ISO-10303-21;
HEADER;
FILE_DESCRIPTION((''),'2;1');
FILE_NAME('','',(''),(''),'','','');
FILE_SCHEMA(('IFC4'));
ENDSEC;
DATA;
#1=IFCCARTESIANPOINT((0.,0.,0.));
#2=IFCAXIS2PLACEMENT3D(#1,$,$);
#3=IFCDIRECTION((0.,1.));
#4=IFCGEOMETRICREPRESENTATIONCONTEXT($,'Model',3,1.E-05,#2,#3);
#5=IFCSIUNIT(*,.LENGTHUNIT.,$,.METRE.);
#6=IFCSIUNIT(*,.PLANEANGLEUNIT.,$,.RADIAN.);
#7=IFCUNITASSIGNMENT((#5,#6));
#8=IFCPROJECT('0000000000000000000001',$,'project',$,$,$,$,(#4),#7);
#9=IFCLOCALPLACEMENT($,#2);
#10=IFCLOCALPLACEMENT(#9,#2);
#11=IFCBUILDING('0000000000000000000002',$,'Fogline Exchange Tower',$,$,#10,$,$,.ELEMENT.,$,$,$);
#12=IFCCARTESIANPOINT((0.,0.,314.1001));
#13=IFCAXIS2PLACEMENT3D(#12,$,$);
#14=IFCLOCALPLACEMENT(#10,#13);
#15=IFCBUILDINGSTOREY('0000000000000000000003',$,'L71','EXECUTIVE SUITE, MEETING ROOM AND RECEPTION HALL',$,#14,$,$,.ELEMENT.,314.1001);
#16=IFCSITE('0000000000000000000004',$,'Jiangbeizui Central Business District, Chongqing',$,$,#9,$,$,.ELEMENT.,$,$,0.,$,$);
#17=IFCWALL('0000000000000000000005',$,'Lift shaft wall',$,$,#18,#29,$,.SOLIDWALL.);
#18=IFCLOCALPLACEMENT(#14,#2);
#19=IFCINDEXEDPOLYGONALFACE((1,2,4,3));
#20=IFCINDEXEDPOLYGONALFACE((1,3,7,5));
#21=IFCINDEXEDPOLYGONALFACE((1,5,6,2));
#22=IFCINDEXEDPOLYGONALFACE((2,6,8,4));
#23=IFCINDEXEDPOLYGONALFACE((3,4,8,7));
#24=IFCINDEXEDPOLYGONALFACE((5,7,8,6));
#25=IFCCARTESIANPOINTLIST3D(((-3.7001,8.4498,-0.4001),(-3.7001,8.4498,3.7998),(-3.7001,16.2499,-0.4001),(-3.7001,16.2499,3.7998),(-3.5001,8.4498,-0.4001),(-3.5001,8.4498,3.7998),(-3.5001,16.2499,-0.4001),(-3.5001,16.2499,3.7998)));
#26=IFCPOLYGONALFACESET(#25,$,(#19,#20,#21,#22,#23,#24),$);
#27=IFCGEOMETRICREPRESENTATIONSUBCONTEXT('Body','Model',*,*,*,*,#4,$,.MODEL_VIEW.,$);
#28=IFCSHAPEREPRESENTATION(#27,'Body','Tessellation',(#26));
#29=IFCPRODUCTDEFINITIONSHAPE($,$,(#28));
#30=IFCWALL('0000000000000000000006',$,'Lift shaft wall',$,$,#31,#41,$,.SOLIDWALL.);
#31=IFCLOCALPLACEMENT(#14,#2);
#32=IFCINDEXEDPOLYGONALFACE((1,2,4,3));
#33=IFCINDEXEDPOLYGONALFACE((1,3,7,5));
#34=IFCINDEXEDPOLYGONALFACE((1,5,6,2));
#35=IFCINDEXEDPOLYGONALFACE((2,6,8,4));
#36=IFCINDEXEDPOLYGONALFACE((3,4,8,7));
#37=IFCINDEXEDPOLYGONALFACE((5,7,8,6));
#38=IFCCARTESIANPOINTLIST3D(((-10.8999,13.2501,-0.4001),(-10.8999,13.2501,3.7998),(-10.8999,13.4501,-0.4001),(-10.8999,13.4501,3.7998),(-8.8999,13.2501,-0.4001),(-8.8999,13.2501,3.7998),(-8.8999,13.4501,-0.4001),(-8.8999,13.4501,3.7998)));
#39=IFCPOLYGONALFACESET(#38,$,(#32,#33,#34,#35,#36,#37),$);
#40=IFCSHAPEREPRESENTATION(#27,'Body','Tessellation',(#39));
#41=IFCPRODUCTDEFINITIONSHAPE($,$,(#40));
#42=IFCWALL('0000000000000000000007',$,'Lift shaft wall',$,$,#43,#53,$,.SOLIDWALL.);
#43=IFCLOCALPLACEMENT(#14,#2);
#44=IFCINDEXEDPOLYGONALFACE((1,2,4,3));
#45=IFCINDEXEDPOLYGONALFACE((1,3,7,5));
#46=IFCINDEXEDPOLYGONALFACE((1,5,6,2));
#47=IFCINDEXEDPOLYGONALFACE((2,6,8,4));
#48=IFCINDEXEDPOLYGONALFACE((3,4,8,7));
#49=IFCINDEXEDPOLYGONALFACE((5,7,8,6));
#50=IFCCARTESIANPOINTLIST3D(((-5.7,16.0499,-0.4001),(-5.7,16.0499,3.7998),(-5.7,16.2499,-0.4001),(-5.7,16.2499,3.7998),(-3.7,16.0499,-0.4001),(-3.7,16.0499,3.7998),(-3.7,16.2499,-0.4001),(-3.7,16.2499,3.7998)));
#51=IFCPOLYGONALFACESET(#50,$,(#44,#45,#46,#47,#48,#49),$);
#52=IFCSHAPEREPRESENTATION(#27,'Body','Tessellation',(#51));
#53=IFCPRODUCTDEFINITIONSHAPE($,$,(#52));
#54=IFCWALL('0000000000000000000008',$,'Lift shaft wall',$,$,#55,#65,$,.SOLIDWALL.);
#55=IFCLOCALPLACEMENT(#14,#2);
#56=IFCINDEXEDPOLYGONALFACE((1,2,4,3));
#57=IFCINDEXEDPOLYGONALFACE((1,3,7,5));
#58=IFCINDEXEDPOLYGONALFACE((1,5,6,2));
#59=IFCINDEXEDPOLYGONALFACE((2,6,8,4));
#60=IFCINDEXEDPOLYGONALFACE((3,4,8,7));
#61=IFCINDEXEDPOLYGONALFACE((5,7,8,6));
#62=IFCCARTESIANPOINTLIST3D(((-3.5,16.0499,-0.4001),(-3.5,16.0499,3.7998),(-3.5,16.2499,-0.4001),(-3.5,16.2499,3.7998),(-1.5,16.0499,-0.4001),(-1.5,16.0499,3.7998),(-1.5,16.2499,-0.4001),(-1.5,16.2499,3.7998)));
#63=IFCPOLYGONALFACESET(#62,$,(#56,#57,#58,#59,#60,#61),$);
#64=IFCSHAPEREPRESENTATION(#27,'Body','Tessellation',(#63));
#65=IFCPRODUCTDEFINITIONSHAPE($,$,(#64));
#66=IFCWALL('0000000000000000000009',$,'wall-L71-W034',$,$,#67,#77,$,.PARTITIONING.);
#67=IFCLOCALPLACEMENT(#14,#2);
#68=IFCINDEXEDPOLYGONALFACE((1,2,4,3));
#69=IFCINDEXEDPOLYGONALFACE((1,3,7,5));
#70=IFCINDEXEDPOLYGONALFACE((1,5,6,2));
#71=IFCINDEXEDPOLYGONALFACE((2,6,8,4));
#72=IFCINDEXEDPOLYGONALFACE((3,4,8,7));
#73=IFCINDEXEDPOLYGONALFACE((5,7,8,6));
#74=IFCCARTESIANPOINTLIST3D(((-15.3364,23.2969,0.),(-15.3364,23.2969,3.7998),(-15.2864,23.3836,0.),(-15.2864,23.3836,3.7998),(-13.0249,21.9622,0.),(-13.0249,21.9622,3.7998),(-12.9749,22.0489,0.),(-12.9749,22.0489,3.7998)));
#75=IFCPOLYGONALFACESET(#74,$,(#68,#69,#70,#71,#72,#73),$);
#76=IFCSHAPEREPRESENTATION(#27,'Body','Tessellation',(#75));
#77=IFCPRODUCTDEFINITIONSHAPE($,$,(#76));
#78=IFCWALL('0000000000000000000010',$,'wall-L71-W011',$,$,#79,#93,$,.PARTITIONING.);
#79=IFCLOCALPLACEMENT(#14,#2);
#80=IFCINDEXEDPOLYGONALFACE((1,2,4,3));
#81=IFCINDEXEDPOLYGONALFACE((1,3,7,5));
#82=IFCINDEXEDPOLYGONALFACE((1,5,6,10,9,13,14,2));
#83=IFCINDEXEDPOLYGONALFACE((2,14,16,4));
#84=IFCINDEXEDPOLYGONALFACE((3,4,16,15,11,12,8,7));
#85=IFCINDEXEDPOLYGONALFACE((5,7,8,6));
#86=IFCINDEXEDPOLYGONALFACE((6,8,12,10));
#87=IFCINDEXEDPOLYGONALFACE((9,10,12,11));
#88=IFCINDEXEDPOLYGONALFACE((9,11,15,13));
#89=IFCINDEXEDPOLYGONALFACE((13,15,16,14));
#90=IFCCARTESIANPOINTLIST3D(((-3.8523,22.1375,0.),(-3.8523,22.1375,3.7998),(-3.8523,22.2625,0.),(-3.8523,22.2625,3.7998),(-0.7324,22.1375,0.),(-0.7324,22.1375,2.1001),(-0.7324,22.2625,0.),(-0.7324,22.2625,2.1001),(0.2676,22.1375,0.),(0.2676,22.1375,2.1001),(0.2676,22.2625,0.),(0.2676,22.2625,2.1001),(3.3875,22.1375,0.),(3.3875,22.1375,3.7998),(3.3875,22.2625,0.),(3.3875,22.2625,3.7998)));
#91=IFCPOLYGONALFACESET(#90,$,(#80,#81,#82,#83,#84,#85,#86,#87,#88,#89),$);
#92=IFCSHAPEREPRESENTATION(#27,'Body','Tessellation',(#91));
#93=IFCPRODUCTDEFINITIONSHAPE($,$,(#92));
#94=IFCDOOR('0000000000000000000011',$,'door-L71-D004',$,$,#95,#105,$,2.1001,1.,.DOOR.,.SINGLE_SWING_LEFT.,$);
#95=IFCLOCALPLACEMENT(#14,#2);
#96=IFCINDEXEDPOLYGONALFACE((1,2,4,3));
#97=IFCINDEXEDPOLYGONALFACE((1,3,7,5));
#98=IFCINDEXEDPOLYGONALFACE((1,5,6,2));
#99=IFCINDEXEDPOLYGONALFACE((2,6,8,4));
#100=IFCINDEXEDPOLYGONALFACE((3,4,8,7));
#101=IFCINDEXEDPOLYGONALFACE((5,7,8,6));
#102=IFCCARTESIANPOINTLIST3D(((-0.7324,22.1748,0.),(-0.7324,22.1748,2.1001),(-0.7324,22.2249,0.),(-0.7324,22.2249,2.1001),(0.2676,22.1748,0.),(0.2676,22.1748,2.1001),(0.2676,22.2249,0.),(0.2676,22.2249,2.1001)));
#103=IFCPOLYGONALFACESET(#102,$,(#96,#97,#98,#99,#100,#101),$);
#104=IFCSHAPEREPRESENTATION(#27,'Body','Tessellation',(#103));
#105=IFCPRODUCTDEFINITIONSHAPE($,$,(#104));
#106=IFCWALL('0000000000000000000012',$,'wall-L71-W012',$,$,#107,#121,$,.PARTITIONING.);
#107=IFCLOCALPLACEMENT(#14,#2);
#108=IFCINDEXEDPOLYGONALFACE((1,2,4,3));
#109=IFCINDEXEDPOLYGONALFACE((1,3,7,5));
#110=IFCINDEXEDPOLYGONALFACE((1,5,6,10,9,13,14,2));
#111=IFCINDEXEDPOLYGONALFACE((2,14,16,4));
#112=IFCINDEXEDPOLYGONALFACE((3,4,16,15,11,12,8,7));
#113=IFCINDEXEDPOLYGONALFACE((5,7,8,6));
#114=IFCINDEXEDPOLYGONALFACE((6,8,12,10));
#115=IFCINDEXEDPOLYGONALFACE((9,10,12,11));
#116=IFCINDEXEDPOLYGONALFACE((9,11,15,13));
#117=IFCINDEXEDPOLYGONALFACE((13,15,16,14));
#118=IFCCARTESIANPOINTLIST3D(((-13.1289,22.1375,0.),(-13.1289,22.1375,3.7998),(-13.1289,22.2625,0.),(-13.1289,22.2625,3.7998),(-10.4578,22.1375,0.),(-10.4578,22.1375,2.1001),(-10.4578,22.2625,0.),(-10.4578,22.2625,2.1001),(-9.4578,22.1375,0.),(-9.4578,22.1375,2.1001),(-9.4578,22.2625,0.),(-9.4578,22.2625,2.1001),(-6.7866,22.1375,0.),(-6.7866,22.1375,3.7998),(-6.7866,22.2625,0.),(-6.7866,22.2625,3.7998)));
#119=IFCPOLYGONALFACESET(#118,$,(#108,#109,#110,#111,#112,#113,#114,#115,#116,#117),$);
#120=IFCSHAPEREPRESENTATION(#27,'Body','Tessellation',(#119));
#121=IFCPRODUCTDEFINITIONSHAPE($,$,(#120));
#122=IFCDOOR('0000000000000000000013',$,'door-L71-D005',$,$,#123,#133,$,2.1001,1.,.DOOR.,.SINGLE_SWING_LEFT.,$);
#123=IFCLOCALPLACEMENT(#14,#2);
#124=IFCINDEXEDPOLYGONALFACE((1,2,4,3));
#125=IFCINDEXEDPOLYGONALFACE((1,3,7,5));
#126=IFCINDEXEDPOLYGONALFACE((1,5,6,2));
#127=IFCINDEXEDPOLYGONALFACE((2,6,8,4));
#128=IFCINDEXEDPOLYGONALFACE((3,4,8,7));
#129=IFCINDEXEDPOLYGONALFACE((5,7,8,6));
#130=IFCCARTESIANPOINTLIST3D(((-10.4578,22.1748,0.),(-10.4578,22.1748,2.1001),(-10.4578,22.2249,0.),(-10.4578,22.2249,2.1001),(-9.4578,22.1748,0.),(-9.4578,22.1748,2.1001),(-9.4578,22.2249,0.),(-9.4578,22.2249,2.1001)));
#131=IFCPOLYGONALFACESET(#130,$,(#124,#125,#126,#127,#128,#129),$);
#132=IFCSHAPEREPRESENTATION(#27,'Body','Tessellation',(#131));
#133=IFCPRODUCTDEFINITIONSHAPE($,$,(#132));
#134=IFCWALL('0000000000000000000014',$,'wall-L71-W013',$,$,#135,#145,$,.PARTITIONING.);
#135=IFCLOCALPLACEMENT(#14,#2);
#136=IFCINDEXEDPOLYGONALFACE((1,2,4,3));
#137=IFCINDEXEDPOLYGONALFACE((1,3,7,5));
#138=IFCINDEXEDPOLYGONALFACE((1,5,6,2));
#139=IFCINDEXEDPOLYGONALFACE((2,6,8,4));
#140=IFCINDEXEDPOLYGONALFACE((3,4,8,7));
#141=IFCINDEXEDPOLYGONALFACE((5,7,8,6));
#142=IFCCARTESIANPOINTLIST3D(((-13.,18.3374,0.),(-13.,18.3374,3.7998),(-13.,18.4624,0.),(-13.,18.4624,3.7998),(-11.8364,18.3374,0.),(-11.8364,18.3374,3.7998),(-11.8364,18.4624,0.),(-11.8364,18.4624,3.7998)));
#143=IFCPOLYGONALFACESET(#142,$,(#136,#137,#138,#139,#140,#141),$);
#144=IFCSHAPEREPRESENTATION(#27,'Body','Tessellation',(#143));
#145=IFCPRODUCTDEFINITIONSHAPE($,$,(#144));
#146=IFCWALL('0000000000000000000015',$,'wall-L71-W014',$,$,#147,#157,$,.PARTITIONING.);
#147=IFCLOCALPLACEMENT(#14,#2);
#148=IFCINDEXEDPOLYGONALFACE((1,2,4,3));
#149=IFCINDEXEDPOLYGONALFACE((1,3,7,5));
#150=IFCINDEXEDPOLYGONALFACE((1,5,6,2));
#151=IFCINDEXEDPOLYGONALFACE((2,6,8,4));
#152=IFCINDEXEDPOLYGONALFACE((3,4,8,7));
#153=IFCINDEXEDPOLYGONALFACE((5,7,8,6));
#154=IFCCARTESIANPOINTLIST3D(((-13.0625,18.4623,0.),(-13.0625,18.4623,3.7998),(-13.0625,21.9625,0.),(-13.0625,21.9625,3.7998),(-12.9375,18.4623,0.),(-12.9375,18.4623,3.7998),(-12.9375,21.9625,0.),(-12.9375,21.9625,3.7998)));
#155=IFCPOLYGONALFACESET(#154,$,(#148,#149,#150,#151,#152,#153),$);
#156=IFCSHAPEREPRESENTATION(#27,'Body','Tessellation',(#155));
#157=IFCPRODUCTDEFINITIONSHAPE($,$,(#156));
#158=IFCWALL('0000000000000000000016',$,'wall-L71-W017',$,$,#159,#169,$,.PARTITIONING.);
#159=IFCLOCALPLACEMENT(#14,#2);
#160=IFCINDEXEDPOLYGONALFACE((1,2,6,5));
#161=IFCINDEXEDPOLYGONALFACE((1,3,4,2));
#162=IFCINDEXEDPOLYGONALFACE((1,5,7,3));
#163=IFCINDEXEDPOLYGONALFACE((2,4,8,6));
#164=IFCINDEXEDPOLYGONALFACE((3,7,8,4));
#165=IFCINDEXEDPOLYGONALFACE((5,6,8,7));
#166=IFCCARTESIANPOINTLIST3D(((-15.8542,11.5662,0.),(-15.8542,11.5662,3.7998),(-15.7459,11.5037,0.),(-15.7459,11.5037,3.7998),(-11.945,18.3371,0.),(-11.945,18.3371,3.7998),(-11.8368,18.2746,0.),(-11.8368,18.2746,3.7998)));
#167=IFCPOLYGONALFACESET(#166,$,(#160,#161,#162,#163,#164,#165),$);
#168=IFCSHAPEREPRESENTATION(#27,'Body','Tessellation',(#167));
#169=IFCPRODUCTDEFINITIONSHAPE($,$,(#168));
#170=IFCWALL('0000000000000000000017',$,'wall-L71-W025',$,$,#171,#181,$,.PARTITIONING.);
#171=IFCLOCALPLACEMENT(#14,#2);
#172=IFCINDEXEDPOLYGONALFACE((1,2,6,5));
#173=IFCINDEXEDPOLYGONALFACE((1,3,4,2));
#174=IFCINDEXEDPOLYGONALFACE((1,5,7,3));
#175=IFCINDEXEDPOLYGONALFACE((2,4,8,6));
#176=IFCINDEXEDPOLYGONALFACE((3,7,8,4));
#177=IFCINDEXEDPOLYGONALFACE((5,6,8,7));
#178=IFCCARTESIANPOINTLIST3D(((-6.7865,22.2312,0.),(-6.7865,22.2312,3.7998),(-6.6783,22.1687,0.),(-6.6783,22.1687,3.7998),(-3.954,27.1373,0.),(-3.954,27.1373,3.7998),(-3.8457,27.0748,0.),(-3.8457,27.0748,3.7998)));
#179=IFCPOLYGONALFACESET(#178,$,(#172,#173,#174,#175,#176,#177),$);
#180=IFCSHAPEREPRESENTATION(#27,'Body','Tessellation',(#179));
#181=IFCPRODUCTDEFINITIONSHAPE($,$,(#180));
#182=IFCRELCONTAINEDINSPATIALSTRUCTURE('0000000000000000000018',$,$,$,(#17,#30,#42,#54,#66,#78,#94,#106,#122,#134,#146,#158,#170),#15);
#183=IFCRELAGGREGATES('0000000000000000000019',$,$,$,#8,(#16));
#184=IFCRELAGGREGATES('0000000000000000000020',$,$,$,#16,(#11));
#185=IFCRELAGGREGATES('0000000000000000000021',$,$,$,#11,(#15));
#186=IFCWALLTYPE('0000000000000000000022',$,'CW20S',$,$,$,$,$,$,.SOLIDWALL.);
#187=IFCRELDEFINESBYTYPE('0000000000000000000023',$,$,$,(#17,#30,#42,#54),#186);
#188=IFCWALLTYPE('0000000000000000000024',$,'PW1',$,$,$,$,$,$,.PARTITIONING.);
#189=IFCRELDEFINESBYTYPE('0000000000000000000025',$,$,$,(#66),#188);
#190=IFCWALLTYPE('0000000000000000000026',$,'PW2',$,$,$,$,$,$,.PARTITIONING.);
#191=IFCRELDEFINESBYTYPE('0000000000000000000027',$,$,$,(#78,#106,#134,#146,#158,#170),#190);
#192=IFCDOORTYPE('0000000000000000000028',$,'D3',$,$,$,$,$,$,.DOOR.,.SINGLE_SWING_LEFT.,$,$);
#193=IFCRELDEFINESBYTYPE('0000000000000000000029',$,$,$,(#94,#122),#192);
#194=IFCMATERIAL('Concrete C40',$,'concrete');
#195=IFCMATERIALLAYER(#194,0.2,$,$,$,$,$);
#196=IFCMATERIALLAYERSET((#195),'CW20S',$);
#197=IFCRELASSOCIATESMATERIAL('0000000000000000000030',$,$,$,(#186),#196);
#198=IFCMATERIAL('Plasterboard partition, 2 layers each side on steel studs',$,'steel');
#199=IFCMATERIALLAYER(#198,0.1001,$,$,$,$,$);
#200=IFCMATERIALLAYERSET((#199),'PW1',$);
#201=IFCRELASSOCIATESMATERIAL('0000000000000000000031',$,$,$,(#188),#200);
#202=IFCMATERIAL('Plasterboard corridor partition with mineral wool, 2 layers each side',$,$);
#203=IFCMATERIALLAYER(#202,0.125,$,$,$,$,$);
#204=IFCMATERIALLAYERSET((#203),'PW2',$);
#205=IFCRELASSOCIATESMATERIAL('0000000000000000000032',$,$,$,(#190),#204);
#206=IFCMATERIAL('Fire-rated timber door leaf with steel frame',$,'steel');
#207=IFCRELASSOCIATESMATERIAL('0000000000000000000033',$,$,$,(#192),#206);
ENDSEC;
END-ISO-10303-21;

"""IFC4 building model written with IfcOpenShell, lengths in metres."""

from ifc_helpers import new_model, si_unit, direction, frame, frame_2d, origin, place, context, subcontext, project, spatial, rectangle, extrude, material, layer, layer_set, type_object, element, fill, save


model = new_model("IFC4")

# Units and contexts
model_context = context("Model", 3, precision=1e-05, world=origin(), true_north=direction((0.0, 1.0)))
body_context = subcontext(model_context, "Body", "Model", "MODEL_VIEW")
ifc_project = project(units=[si_unit("LENGTHUNIT", "METRE"), si_unit("PLANEANGLEUNIT", "RADIAN")], contexts=[model_context])

# Site, building, storey
site_placement = place(None, origin())
site = spatial("IfcSite", under=ifc_project, at=site_placement, Name="Jiangbeizui Central Business District, Chongqing", CompositionType="ELEMENT", RefElevation=0.0)
building_placement = place(site_placement, origin())
building = spatial("IfcBuilding", under=site, at=building_placement, Name="Fogline Exchange Tower", CompositionType="ELEMENT")
storey_placement = place(building_placement, frame((0.0, 0.0, 314.1001)))
storey = spatial("IfcBuildingStorey", under=building, at=storey_placement, Name="L71", Description="EXECUTIVE SUITE, MEETING ROOM AND RECEPTION HALL", CompositionType="ELEMENT", Elevation=314.1001)

# Shared definitions
ifc_material_1 = material(Name="Concrete C40", Category="concrete")

# Walls
ifc_layer_1 = layer(ifc_material_1, 0.2)
ifc_layer_set_1 = layer_set([ifc_layer_1], Name="CW20S")
wall_type_1 = type_object("IfcWallType", Name="CW20S", PredefinedType="SOLIDWALL", material=ifc_layer_set_1)
wall_1_placement = place(storey_placement, frame((-3.6001, 8.45, -0.4001), z_axis=(0.0, 0.0, 1.0), x_axis=(0.0, 1.0, 0.0)))
element("IfcWall", 1, at=wall_1_placement, inside=storey, type_object=wall_type_1, Name="Lift shaft wall", PredefinedType="SOLIDWALL", context=body_context, shape_type="SweptSolid", body=[
    extrude(rectangle(XDim=7.8, YDim=0.2, at=frame_2d((3.8999, 0.0))), origin(), (0.0, 0.0, 1.0), 4.2),
])
for number, where, z_axis, x_axis, name in (
    (2, (-10.8999, 13.3501, -0.4001), (0.0, 0.0, 1.0), (1.0, 0.0, 0.0), "Lift shaft wall"),
    (3, (-5.7, 16.1499, -0.4001), (0.0, 0.0, 1.0), (1.0, 0.0, 0.0), "Lift shaft wall"),
    (4, (-3.5, 16.1499, -0.4001), (0.0, 0.0, 1.0), (1.0, 0.0, 0.0), "Lift shaft wall"),
):
    element("IfcWall", number, at=place(storey_placement, frame(where, z_axis=z_axis, x_axis=x_axis)), inside=storey, type_object=wall_type_1, Name=name, PredefinedType="SOLIDWALL", context=body_context, shape_type="SweptSolid", body=[
        extrude(rectangle(XDim=2.0, YDim=0.2, at=frame_2d((1.0, 0.0))), origin(), (0.0, 0.0, 1.0), 4.2),
    ])
ifc_material_2 = material(Name="Plasterboard partition, 2 layers each side on steel studs", Category="steel")
ifc_layer_2 = layer(ifc_material_2, 0.1001)
ifc_layer_set_2 = layer_set([ifc_layer_2], Name="PW1")
wall_type_2 = type_object("IfcWallType", Name="PW1", PredefinedType="PARTITIONING", material=ifc_layer_set_2)
wall_2_placement = place(storey_placement, frame((-13.0, 22.0056, 0.0), z_axis=(0.0, 0.0, 1.0), x_axis=(-0.866, 0.500044, 0.0)))
element("IfcWall", 5, at=wall_2_placement, inside=storey, type_object=wall_type_2, Name="wall-L71-W034", PredefinedType="PARTITIONING", context=body_context, shape_type="SweptSolid", body=[
    extrude(rectangle(XDim=2.6692, YDim=0.1001, at=frame_2d((1.3345, 0.0))), origin(), (0.0, 0.0, 1.0), 3.7998),
])

# Walls, openings, doors
ifc_material_3 = material(Name="Plasterboard corridor partition with mineral wool, 2 layers each side")
ifc_layer_3 = layer(ifc_material_3, 0.125)
ifc_layer_set_3 = layer_set([ifc_layer_3], Name="PW2")
wall_type_3 = type_object("IfcWallType", Name="PW2", PredefinedType="PARTITIONING", material=ifc_layer_set_3)
wall_3_placement = place(storey_placement, frame((-3.8523, 22.2, 0.0), z_axis=(0.0, 0.0, 1.0), x_axis=(1.0, 0.0, 0.0)))
wall_3 = element("IfcWall", 6, at=wall_3_placement, inside=storey, type_object=wall_type_3, Name="wall-L71-W011", PredefinedType="PARTITIONING", context=body_context, shape_type="SweptSolid", body=[
    extrude(rectangle(XDim=7.2397, YDim=0.125, at=frame_2d((3.6199, 0.0))), origin(), (0.0, 0.0, 1.0), 3.7998),
])
opening_1_placement = place(wall_3_placement, frame((3.1199, 0.0, 0.0)))
opening_1 = element("IfcOpeningElement", 7, at=opening_1_placement, cuts=wall_3, PredefinedType="OPENING", context=body_context, shape_type="SweptSolid", body=[
    extrude(rectangle(XDim=1.0, YDim=2.1001, at=frame_2d((0.5, 1.05))), frame((0.0, 0.0725, 0.0), z_axis=(0.0, -1.0, 0.0), x_axis=(1.0, 0.0, 0.0)), (0.0, 0.0, 1.0), 0.145),
])
ifc_material_4 = material(Name="Fire-rated timber door leaf with steel frame", Category="steel")
door_type_1 = type_object("IfcDoorType", Name="D3", OperationType="SINGLE_SWING_LEFT", PredefinedType="DOOR", material=ifc_material_4)
door_1_placement = place(opening_1_placement, origin())
door_1 = element("IfcDoor", 8, at=door_1_placement, inside=storey, type_object=door_type_1, Name="door-L71-D004", OperationType="SINGLE_SWING_LEFT", OverallHeight=2.1001, OverallWidth=1.0, PredefinedType="DOOR", context=body_context, shape_type="SweptSolid", body=[
    extrude(rectangle(XDim=1.0, YDim=2.1001, at=frame_2d((0.5, 1.05))), frame((0.0, 0.0249, 0.0), z_axis=(0.0, -1.0, 0.0), x_axis=(1.0, 0.0, 0.0)), (0.0, 0.0, 1.0), 0.05),
])
fill(opening_1, door_1)
wall_4_placement = place(storey_placement, frame((-13.1289, 22.2, 0.0), z_axis=(0.0, 0.0, 1.0), x_axis=(1.0, 0.0, 0.0)))
wall_4 = element("IfcWall", 9, at=wall_4_placement, inside=storey, type_object=wall_type_3, Name="wall-L71-W012", PredefinedType="PARTITIONING", context=body_context, shape_type="SweptSolid", body=[
    extrude(rectangle(XDim=6.3423, YDim=0.125, at=frame_2d((3.1711, 0.0))), origin(), (0.0, 0.0, 1.0), 3.7998),
])
opening_2_placement = place(wall_4_placement, frame((2.6711, 0.0, 0.0)))
opening_2 = element("IfcOpeningElement", 10, at=opening_2_placement, cuts=wall_4, PredefinedType="OPENING", context=body_context, shape_type="SweptSolid", body=[
    extrude(rectangle(XDim=1.0, YDim=2.1001, at=frame_2d((0.5, 1.05))), frame((0.0, 0.0725, 0.0), z_axis=(0.0, -1.0, 0.0), x_axis=(1.0, 0.0, 0.0)), (0.0, 0.0, 1.0), 0.145),
])
door_2_placement = place(opening_2_placement, origin())
door_2 = element("IfcDoor", 11, at=door_2_placement, inside=storey, type_object=door_type_1, Name="door-L71-D005", OperationType="SINGLE_SWING_LEFT", OverallHeight=2.1001, OverallWidth=1.0, PredefinedType="DOOR", context=body_context, shape_type="SweptSolid", body=[
    extrude(rectangle(XDim=1.0, YDim=2.1001, at=frame_2d((0.5, 1.05))), frame((0.0, 0.0249, 0.0), z_axis=(0.0, -1.0, 0.0), x_axis=(1.0, 0.0, 0.0)), (0.0, 0.0, 1.0), 0.05),
])
fill(opening_2, door_2)

# Walls
wall_5_placement = place(storey_placement, frame((-11.8364, 18.3999, 0.0), z_axis=(0.0, 0.0, 1.0), x_axis=(-1.0, 0.0, 0.0)))
element("IfcWall", 12, at=wall_5_placement, inside=storey, type_object=wall_type_3, Name="wall-L71-W013", PredefinedType="PARTITIONING", context=body_context, shape_type="SweptSolid", body=[
    extrude(rectangle(XDim=1.1636, YDim=0.125, at=frame_2d((0.5818, 0.0))), origin(), (0.0, 0.0, 1.0), 3.7998),
])
wall_6_placement = place(storey_placement, frame((-13.0, 18.4624, 0.0), z_axis=(0.0, 0.0, 1.0), x_axis=(0.0, 1.0, 0.0)))
element("IfcWall", 13, at=wall_6_placement, inside=storey, type_object=wall_type_3, Name="wall-L71-W014", PredefinedType="PARTITIONING", context=body_context, shape_type="SweptSolid", body=[
    extrude(rectangle(XDim=3.5002, YDim=0.125, at=frame_2d((1.75, 0.0))), origin(), (0.0, 0.0, 1.0), 3.7998),
])
wall_7_placement = place(storey_placement, frame((-15.8, 11.5349, 0.0), z_axis=(0.0, 0.0, 1.0), x_axis=(0.499995, 0.866029, 0.0)))
element("IfcWall", 14, at=wall_7_placement, inside=storey, type_object=wall_type_3, Name="wall-L71-W017", PredefinedType="PARTITIONING", context=body_context, shape_type="SweptSolid", body=[
    extrude(rectangle(XDim=7.8184, YDim=0.125, at=frame_2d((3.9092, 0.0))), origin(), (0.0, 0.0, 1.0), 3.7998),
])
wall_8_placement = place(storey_placement, frame((-6.7324, 22.2, 0.0), z_axis=(0.0, 0.0, 1.0), x_axis=(0.500005, 0.866023, 0.0)))
element("IfcWall", 15, at=wall_8_placement, inside=storey, type_object=wall_type_3, Name="wall-L71-W025", PredefinedType="PARTITIONING", context=body_context, shape_type="SweptSolid", body=[
    extrude(rectangle(XDim=5.665, YDim=0.125, at=frame_2d((2.8325, 0.0))), origin(), (0.0, 0.0, 1.0), 3.7998),
])

save(model, "model.ifc")
